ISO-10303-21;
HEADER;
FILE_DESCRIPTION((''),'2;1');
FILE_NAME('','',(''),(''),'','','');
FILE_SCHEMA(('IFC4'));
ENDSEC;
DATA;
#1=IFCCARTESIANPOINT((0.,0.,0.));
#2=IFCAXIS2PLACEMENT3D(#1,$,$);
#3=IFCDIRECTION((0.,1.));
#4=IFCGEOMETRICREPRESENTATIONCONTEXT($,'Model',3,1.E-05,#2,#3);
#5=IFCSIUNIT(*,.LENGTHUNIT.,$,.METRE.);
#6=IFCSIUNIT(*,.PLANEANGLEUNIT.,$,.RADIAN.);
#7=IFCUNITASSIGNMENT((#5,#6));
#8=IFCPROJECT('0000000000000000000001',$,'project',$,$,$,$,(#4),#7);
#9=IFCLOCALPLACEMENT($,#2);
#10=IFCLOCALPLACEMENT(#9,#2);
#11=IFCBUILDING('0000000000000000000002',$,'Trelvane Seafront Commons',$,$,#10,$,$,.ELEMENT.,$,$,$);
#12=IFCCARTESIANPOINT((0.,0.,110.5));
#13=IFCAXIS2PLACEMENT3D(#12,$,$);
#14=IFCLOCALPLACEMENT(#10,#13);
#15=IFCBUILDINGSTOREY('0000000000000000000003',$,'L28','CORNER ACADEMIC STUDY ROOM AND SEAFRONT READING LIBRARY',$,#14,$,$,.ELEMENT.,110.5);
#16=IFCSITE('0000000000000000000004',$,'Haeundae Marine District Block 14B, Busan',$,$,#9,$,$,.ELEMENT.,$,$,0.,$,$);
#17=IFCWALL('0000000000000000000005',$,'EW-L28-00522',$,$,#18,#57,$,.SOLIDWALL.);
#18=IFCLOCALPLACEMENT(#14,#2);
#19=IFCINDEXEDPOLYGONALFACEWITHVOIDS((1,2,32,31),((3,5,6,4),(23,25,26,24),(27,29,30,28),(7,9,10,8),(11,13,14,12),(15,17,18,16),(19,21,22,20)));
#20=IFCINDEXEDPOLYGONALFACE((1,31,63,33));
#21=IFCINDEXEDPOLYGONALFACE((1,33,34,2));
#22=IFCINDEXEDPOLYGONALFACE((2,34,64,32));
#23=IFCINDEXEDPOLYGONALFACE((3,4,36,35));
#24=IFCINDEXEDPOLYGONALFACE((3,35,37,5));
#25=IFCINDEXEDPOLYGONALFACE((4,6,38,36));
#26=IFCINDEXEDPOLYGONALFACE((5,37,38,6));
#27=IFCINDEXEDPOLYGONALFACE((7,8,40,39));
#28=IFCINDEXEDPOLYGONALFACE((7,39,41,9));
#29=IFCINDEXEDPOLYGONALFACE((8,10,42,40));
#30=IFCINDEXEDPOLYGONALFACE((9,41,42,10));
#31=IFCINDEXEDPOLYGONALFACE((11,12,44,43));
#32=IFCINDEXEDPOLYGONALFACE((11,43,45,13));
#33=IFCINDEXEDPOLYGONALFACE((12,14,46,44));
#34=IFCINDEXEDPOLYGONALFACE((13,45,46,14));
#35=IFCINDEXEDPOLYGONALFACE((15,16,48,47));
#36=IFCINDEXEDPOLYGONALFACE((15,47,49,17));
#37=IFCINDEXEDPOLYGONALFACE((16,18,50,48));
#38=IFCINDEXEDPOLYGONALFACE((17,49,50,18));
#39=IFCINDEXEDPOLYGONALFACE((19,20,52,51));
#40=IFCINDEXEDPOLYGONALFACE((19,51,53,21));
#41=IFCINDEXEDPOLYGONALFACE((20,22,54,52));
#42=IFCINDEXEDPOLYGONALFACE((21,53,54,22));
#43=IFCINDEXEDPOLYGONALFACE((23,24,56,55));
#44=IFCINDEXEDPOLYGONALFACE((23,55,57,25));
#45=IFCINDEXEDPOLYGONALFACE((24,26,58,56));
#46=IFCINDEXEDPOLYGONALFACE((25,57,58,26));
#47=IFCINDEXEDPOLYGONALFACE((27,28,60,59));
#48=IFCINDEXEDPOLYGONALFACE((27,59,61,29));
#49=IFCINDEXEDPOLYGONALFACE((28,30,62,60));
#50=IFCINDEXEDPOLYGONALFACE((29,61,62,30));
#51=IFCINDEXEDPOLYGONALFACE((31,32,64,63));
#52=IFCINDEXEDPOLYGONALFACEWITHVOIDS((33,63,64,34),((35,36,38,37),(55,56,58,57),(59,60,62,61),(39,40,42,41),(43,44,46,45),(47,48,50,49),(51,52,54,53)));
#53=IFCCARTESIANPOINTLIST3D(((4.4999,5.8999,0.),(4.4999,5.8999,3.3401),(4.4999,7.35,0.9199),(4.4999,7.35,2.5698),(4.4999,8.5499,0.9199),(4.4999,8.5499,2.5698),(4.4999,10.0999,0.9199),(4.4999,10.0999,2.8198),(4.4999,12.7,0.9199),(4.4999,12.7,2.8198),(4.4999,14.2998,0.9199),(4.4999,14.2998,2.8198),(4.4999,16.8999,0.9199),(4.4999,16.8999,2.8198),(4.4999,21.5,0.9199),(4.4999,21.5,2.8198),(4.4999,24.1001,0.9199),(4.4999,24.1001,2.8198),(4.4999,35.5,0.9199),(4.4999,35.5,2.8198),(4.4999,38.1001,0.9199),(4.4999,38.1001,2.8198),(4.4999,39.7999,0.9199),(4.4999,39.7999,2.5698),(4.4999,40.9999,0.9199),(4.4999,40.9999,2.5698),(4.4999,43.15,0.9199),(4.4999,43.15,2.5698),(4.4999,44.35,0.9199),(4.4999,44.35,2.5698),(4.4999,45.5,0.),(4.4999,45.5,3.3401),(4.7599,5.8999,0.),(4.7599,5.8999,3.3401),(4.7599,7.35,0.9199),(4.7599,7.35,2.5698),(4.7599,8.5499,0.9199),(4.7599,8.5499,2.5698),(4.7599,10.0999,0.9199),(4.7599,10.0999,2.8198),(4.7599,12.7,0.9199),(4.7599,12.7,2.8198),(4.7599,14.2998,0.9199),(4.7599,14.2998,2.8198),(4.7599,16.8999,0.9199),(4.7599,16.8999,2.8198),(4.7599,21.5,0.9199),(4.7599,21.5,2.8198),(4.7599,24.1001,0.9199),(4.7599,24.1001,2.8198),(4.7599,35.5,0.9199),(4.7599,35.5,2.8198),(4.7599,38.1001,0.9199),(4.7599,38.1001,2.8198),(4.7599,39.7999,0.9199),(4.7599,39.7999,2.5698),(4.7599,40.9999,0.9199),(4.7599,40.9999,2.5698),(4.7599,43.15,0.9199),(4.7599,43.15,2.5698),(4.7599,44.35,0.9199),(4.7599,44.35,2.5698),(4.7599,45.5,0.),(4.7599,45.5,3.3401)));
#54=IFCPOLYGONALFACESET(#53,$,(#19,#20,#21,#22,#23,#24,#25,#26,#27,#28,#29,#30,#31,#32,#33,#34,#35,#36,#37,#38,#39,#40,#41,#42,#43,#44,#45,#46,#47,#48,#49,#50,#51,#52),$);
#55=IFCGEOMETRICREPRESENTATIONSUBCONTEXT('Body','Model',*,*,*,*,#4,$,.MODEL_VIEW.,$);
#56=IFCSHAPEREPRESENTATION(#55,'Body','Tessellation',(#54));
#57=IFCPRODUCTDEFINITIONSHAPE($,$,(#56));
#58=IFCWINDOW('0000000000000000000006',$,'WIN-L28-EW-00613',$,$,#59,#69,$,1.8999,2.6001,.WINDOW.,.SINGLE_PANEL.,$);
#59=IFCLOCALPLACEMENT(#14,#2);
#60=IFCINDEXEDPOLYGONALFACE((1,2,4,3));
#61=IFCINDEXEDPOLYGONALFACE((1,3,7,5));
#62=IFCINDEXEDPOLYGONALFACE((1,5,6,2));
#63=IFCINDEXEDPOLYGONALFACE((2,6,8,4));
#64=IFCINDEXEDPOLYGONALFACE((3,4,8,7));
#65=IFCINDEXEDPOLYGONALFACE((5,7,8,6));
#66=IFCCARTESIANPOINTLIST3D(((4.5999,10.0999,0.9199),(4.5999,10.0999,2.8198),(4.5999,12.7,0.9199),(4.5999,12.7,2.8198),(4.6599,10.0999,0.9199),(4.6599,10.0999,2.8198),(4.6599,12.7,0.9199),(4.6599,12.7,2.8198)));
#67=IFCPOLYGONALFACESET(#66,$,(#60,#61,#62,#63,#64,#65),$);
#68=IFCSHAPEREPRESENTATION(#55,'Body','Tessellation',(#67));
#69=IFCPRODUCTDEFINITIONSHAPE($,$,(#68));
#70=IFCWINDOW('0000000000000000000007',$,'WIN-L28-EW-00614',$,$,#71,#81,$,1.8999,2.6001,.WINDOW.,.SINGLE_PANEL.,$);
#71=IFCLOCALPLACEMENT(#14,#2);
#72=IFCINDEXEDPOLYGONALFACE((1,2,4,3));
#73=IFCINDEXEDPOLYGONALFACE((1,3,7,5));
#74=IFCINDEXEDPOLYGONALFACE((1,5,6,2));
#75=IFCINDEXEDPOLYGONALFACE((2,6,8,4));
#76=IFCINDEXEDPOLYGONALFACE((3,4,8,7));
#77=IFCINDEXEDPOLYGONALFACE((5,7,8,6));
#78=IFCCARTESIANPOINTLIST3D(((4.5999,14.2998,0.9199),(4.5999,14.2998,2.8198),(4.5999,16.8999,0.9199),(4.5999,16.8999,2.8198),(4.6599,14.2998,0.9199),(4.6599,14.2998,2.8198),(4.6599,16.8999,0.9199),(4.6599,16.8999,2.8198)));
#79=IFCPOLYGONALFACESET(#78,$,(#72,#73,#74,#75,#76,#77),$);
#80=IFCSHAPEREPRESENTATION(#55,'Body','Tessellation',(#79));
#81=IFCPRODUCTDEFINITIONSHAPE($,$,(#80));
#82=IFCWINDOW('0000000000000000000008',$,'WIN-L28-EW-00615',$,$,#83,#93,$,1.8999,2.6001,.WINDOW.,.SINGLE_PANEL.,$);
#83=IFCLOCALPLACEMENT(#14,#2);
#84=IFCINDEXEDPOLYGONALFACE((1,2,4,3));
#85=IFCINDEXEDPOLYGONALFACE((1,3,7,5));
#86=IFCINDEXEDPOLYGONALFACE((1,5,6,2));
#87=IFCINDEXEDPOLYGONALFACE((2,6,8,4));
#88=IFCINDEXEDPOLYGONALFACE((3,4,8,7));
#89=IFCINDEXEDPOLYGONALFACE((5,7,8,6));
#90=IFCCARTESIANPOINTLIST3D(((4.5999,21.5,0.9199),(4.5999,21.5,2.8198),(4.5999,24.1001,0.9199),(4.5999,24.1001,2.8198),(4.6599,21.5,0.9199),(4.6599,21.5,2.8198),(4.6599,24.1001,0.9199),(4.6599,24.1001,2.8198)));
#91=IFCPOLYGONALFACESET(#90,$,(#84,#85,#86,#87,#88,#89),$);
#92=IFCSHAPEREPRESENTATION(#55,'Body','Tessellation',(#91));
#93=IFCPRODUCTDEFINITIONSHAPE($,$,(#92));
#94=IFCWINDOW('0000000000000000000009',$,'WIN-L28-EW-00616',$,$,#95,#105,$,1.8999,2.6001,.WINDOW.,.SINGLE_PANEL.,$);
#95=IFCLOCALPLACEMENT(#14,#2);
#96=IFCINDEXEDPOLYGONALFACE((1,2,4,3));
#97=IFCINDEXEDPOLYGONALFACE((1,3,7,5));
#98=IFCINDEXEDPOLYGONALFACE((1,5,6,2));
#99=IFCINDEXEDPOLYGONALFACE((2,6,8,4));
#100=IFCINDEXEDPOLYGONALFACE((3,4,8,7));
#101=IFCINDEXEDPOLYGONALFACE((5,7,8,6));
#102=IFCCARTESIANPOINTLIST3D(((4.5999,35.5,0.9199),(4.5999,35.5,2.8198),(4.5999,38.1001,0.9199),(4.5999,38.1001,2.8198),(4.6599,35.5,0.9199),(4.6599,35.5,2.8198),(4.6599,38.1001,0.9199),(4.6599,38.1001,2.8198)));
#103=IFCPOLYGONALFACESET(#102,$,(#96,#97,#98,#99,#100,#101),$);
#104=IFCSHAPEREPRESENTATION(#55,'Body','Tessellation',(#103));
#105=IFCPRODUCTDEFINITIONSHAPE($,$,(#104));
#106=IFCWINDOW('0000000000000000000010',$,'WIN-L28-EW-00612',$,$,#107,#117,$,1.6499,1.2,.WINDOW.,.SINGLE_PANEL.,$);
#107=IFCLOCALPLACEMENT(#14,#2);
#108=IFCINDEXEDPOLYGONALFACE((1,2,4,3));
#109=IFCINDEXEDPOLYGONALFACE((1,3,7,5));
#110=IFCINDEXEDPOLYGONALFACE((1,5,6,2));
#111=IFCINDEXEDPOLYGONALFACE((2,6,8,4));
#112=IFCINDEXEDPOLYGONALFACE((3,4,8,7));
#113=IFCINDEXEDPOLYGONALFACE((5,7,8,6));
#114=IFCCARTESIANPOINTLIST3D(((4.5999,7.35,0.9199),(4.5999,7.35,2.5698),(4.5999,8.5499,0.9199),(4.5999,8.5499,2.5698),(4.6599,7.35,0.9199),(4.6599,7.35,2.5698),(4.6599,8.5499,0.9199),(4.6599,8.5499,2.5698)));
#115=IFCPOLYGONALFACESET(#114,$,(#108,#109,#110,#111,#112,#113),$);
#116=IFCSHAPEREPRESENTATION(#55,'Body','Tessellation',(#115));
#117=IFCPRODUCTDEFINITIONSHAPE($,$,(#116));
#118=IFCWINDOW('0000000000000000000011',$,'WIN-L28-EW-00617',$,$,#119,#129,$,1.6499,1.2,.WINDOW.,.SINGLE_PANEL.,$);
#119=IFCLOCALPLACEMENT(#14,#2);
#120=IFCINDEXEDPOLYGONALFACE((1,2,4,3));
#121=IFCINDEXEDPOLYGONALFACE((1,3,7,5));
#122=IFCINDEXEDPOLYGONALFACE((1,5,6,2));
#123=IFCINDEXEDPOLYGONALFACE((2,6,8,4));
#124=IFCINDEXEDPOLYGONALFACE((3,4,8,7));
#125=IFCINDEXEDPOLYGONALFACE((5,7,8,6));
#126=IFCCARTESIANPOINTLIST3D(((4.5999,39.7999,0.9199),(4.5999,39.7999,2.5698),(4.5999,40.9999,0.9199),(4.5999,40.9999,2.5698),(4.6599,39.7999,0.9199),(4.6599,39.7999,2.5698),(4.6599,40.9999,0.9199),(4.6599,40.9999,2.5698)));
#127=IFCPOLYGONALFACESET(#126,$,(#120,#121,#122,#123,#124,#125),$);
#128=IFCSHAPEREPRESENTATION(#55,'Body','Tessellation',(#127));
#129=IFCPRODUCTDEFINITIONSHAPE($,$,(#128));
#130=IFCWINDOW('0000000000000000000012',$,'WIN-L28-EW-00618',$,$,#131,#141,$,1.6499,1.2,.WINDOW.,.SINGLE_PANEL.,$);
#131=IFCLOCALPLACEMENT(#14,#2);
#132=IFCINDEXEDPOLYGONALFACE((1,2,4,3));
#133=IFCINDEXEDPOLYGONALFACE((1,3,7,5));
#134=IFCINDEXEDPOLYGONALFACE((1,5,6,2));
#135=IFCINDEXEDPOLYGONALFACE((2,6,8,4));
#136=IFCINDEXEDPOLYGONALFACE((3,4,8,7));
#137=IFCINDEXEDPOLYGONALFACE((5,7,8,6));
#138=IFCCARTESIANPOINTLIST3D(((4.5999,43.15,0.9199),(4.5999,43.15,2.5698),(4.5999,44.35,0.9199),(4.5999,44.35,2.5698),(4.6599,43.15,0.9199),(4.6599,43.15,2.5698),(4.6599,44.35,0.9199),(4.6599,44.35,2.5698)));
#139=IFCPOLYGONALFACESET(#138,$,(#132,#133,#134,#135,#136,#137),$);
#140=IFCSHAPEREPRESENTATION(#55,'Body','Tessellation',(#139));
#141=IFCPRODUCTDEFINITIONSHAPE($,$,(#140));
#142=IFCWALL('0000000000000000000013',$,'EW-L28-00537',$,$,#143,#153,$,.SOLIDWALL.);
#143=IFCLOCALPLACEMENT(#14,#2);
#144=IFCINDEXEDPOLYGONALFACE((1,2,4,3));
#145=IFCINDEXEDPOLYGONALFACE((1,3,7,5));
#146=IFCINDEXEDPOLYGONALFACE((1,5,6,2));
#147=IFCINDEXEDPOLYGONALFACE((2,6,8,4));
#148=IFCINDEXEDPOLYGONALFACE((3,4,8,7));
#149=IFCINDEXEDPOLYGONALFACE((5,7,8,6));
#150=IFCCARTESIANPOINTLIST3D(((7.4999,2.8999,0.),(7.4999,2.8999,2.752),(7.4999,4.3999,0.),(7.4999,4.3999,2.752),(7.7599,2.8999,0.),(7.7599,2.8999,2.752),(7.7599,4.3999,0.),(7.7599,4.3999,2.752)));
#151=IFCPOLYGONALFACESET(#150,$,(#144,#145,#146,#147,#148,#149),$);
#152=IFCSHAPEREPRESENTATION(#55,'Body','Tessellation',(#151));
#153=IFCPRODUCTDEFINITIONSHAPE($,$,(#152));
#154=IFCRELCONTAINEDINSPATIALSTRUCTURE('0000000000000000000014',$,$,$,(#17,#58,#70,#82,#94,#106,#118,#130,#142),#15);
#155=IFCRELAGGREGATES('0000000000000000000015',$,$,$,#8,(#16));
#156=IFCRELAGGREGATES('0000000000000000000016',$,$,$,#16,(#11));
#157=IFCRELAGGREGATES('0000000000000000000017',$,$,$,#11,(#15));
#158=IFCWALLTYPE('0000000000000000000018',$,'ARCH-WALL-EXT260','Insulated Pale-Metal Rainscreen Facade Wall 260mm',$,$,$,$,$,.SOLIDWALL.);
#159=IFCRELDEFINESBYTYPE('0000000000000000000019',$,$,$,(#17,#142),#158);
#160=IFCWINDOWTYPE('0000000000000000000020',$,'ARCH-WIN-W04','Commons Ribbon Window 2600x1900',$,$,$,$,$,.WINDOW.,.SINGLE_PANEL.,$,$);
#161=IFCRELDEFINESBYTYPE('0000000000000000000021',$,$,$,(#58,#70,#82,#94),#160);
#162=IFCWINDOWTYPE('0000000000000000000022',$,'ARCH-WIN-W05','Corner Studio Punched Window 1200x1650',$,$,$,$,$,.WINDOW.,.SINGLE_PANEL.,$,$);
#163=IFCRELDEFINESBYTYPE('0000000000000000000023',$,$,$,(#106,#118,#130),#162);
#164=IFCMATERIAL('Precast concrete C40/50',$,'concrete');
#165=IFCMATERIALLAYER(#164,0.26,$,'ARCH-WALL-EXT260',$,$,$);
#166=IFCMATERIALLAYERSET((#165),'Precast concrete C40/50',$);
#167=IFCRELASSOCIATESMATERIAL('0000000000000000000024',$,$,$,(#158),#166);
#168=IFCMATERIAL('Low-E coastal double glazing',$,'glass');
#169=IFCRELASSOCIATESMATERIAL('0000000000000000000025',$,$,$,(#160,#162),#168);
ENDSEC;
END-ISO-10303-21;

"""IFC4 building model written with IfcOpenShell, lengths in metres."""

from ifc_helpers import new_model, si_unit, direction, frame, frame_2d, origin, place, context, subcontext, project, spatial, rectangle, extrude, source, transform, mapped, material, layer, layer_set, type_object, element, fill, save


model = new_model("IFC4")

# Units and contexts
model_context = context("Model", 3, precision=1e-05, world=origin(), true_north=direction((0.0, 1.0)))
body_context = subcontext(model_context, "Body", "Model", "MODEL_VIEW")
ifc_project = project(units=[si_unit("LENGTHUNIT", "METRE"), si_unit("PLANEANGLEUNIT", "RADIAN")], contexts=[model_context])

# Site, building, storey
site_placement = place(None, origin())
site = spatial("IfcSite", under=ifc_project, at=site_placement, Name="Haeundae Marine District Block 14B, Busan", CompositionType="ELEMENT", RefElevation=0.0)
building_placement = place(site_placement, origin())
building = spatial("IfcBuilding", under=site, at=building_placement, Name="Trelvane Seafront Commons", CompositionType="ELEMENT")
storey_placement = place(building_placement, frame((0.0, 0.0, 110.5)))
storey = spatial("IfcBuildingStorey", under=building, at=storey_placement, Name="L28", Description="CORNER ACADEMIC STUDY ROOM AND SEAFRONT READING LIBRARY", CompositionType="ELEMENT", Elevation=110.5)

# Shared definitions
ifc_material_1 = material(Name="Precast concrete C40/50", Category="concrete")
ifc_layer_1 = layer(ifc_material_1, 0.26, Name="ARCH-WALL-EXT260")
ifc_layer_set_1 = layer_set([ifc_layer_1], Name="Precast concrete C40/50")
wall_type_1 = type_object("IfcWallType", Name="ARCH-WALL-EXT260", Description="Insulated Pale-Metal Rainscreen Facade Wall 260mm", PredefinedType="SOLIDWALL", material=ifc_layer_set_1)

# Wall, openings, windows
wall_1_placement = place(storey_placement, frame((4.6299, 5.8999, 0.0), z_axis=(0.0, 0.0, 1.0), x_axis=(0.0, 1.0, 0.0)))
wall_1 = element("IfcWall", 1, at=wall_1_placement, inside=storey, type_object=wall_type_1, Name="EW-L28-00522", PredefinedType="SOLIDWALL", context=body_context, shape_type="SweptSolid", body=[
    extrude(rectangle(XDim=39.6001, YDim=0.26, at=frame_2d((19.8, 0.0))), origin(), (0.0, 0.0, 1.0), 3.3401),
])
opening_1_placement = place(wall_1_placement, frame((1.45, 0.0, 0.9199)))
opening_1 = element("IfcOpeningElement", 2, at=opening_1_placement, cuts=wall_1, PredefinedType="OPENING", context=body_context, shape_type="SweptSolid", body=[
    extrude(rectangle(XDim=1.2, YDim=1.6499, at=frame_2d((0.6001, 0.825))), frame((0.0, 0.1399, 0.0), z_axis=(0.0, -1.0, 0.0), x_axis=(1.0, 0.0, 0.0)), (0.0, 0.0, 1.0), 0.28),
])
opening_2_placement = place(wall_1_placement, frame((4.2, 0.0, 0.9199)))
opening_2 = element("IfcOpeningElement", 3, at=opening_2_placement, cuts=wall_1, PredefinedType="OPENING", context=body_context, shape_type="SweptSolid", body=[
    extrude(rectangle(XDim=2.6001, YDim=1.8999, at=frame_2d((1.3, 0.95))), frame((0.0, 0.1399, 0.0), z_axis=(0.0, -1.0, 0.0), x_axis=(1.0, 0.0, 0.0)), (0.0, 0.0, 1.0), 0.28),
])
opening_3_placement = place(wall_1_placement, frame((8.3999, 0.0, 0.9199)))
opening_3 = element("IfcOpeningElement", 4, at=opening_3_placement, cuts=wall_1, PredefinedType="OPENING", context=body_context, shape_type="SweptSolid", body=[
    extrude(rectangle(XDim=2.6001, YDim=1.8999, at=frame_2d((1.3, 0.95))), frame((0.0, 0.1399, 0.0), z_axis=(0.0, -1.0, 0.0), x_axis=(1.0, 0.0, 0.0)), (0.0, 0.0, 1.0), 0.28),
])
opening_4_placement = place(wall_1_placement, frame((15.6001, 0.0, 0.9199)))
opening_4 = element("IfcOpeningElement", 5, at=opening_4_placement, cuts=wall_1, PredefinedType="OPENING", context=body_context, shape_type="SweptSolid", body=[
    extrude(rectangle(XDim=2.6001, YDim=1.8999, at=frame_2d((1.3, 0.95))), frame((0.0, 0.1399, 0.0), z_axis=(0.0, -1.0, 0.0), x_axis=(1.0, 0.0, 0.0)), (0.0, 0.0, 1.0), 0.28),
])
opening_5_placement = place(wall_1_placement, frame((29.6001, 0.0, 0.9199)))
opening_5 = element("IfcOpeningElement", 6, at=opening_5_placement, cuts=wall_1, PredefinedType="OPENING", context=body_context, shape_type="SweptSolid", body=[
    extrude(rectangle(XDim=2.6001, YDim=1.8999, at=frame_2d((1.3, 0.95))), frame((0.0, 0.1399, 0.0), z_axis=(0.0, -1.0, 0.0), x_axis=(1.0, 0.0, 0.0)), (0.0, 0.0, 1.0), 0.28),
])
opening_6_placement = place(wall_1_placement, frame((33.8999, 0.0, 0.9199)))
opening_6 = element("IfcOpeningElement", 7, at=opening_6_placement, cuts=wall_1, PredefinedType="OPENING", context=body_context, shape_type="SweptSolid", body=[
    extrude(rectangle(XDim=1.2, YDim=1.6499, at=frame_2d((0.6001, 0.825))), frame((0.0, 0.1399, 0.0), z_axis=(0.0, -1.0, 0.0), x_axis=(1.0, 0.0, 0.0)), (0.0, 0.0, 1.0), 0.28),
])
opening_7_placement = place(wall_1_placement, frame((37.25, 0.0, 0.9199)))
opening_7 = element("IfcOpeningElement", 8, at=opening_7_placement, cuts=wall_1, PredefinedType="OPENING", context=body_context, shape_type="SweptSolid", body=[
    extrude(rectangle(XDim=1.2, YDim=1.6499, at=frame_2d((0.6001, 0.825))), frame((0.0, 0.1399, 0.0), z_axis=(0.0, -1.0, 0.0), x_axis=(1.0, 0.0, 0.0)), (0.0, 0.0, 1.0), 0.28),
])
ifc_material_2 = material(Name="Low-E coastal double glazing", Category="glass")
window_type_1 = type_object("IfcWindowType", Name="ARCH-WIN-W04", Description="Commons Ribbon Window 2600x1900", PartitioningType="SINGLE_PANEL", PredefinedType="WINDOW", material=ifc_material_2)
shared_shape_1 = source(origin(), body_context, "Body", "SweptSolid", [
    extrude(rectangle(XDim=2.6001, YDim=1.8999, at=frame_2d((1.3, 0.95))), frame((0.0, 0.03, 0.0), z_axis=(0.0, -1.0, 0.0), x_axis=(1.0, 0.0, 0.0)), (0.0, 0.0, 1.0), 0.0601),
])
window_1_placement = place(opening_2_placement, origin())
window_1 = element("IfcWindow", 9, at=window_1_placement, inside=storey, type_object=window_type_1, Name="WIN-L28-EW-00613", OverallHeight=1.8999, OverallWidth=2.6001, PartitioningType="SINGLE_PANEL", PredefinedType="WINDOW", context=body_context, shape_type="MappedRepresentation", body=[
    mapped(shared_shape_1, transform((0.0, 0.0, 0.0), x_axis=(1.0, 0.0, 0.0), y_axis=(0.0, 1.0, 0.0), z_axis=(0.0, 0.0, 1.0), scale=1.0)),
])
fill(opening_2, window_1)
window_2_placement = place(opening_3_placement, origin())
window_2 = element("IfcWindow", 10, at=window_2_placement, inside=storey, type_object=window_type_1, Name="WIN-L28-EW-00614", OverallHeight=1.8999, OverallWidth=2.6001, PartitioningType="SINGLE_PANEL", PredefinedType="WINDOW", context=body_context, shape_type="MappedRepresentation", body=[
    mapped(shared_shape_1, transform((0.0, 0.0, 0.0), x_axis=(1.0, 0.0, 0.0), y_axis=(0.0, 1.0, 0.0), z_axis=(0.0, 0.0, 1.0), scale=1.0)),
])
fill(opening_3, window_2)
window_3_placement = place(opening_4_placement, origin())
window_3 = element("IfcWindow", 11, at=window_3_placement, inside=storey, type_object=window_type_1, Name="WIN-L28-EW-00615", OverallHeight=1.8999, OverallWidth=2.6001, PartitioningType="SINGLE_PANEL", PredefinedType="WINDOW", context=body_context, shape_type="MappedRepresentation", body=[
    mapped(shared_shape_1, transform((0.0, 0.0, 0.0), x_axis=(1.0, 0.0, 0.0), y_axis=(0.0, 1.0, 0.0), z_axis=(0.0, 0.0, 1.0), scale=1.0)),
])
fill(opening_4, window_3)
window_4_placement = place(opening_5_placement, origin())
window_4 = element("IfcWindow", 12, at=window_4_placement, inside=storey, type_object=window_type_1, Name="WIN-L28-EW-00616", OverallHeight=1.8999, OverallWidth=2.6001, PartitioningType="SINGLE_PANEL", PredefinedType="WINDOW", context=body_context, shape_type="MappedRepresentation", body=[
    mapped(shared_shape_1, transform((0.0, 0.0, 0.0), x_axis=(1.0, 0.0, 0.0), y_axis=(0.0, 1.0, 0.0), z_axis=(0.0, 0.0, 1.0), scale=1.0)),
])
fill(opening_5, window_4)
window_type_2 = type_object("IfcWindowType", Name="ARCH-WIN-W05", Description="Corner Studio Punched Window 1200x1650", PartitioningType="SINGLE_PANEL", PredefinedType="WINDOW", material=ifc_material_2)
shared_shape_2 = source(origin(), body_context, "Body", "SweptSolid", [
    extrude(rectangle(XDim=1.2, YDim=1.6499, at=frame_2d((0.6001, 0.825))), frame((0.0, 0.03, 0.0), z_axis=(0.0, -1.0, 0.0), x_axis=(1.0, 0.0, 0.0)), (0.0, 0.0, 1.0), 0.0601),
])
window_5_placement = place(opening_1_placement, origin())
window_5 = element("IfcWindow", 13, at=window_5_placement, inside=storey, type_object=window_type_2, Name="WIN-L28-EW-00612", OverallHeight=1.6499, OverallWidth=1.2, PartitioningType="SINGLE_PANEL", PredefinedType="WINDOW", context=body_context, shape_type="MappedRepresentation", body=[
    mapped(shared_shape_2, transform((0.0, 0.0, 0.0), x_axis=(1.0, 0.0, 0.0), y_axis=(0.0, 1.0, 0.0), z_axis=(0.0, 0.0, 1.0), scale=1.0)),
])
fill(opening_1, window_5)
window_6_placement = place(opening_6_placement, origin())
window_6 = element("IfcWindow", 14, at=window_6_placement, inside=storey, type_object=window_type_2, Name="WIN-L28-EW-00617", OverallHeight=1.6499, OverallWidth=1.2, PartitioningType="SINGLE_PANEL", PredefinedType="WINDOW", context=body_context, shape_type="MappedRepresentation", body=[
    mapped(shared_shape_2, transform((0.0, 0.0, 0.0), x_axis=(1.0, 0.0, 0.0), y_axis=(0.0, 1.0, 0.0), z_axis=(0.0, 0.0, 1.0), scale=1.0)),
])
fill(opening_6, window_6)
window_7_placement = place(opening_7_placement, origin())
window_7 = element("IfcWindow", 15, at=window_7_placement, inside=storey, type_object=window_type_2, Name="WIN-L28-EW-00618", OverallHeight=1.6499, OverallWidth=1.2, PartitioningType="SINGLE_PANEL", PredefinedType="WINDOW", context=body_context, shape_type="MappedRepresentation", body=[
    mapped(shared_shape_2, transform((0.0, 0.0, 0.0), x_axis=(1.0, 0.0, 0.0), y_axis=(0.0, 1.0, 0.0), z_axis=(0.0, 0.0, 1.0), scale=1.0)),
])
fill(opening_7, window_7)

# Wall
wall_2_placement = place(storey_placement, frame((7.6299, 2.8999, 0.0), z_axis=(0.0, 0.0, 1.0), x_axis=(0.0, 1.0, 0.0)))
element("IfcWall", 16, at=wall_2_placement, inside=storey, type_object=wall_type_1, Name="EW-L28-00537", PredefinedType="SOLIDWALL", context=body_context, shape_type="SweptSolid", body=[
    extrude(rectangle(XDim=1.5, YDim=0.26, at=frame_2d((0.75, 0.0))), origin(), (0.0, 0.0, 1.0), 2.752),
])

save(model, "model.ifc")
